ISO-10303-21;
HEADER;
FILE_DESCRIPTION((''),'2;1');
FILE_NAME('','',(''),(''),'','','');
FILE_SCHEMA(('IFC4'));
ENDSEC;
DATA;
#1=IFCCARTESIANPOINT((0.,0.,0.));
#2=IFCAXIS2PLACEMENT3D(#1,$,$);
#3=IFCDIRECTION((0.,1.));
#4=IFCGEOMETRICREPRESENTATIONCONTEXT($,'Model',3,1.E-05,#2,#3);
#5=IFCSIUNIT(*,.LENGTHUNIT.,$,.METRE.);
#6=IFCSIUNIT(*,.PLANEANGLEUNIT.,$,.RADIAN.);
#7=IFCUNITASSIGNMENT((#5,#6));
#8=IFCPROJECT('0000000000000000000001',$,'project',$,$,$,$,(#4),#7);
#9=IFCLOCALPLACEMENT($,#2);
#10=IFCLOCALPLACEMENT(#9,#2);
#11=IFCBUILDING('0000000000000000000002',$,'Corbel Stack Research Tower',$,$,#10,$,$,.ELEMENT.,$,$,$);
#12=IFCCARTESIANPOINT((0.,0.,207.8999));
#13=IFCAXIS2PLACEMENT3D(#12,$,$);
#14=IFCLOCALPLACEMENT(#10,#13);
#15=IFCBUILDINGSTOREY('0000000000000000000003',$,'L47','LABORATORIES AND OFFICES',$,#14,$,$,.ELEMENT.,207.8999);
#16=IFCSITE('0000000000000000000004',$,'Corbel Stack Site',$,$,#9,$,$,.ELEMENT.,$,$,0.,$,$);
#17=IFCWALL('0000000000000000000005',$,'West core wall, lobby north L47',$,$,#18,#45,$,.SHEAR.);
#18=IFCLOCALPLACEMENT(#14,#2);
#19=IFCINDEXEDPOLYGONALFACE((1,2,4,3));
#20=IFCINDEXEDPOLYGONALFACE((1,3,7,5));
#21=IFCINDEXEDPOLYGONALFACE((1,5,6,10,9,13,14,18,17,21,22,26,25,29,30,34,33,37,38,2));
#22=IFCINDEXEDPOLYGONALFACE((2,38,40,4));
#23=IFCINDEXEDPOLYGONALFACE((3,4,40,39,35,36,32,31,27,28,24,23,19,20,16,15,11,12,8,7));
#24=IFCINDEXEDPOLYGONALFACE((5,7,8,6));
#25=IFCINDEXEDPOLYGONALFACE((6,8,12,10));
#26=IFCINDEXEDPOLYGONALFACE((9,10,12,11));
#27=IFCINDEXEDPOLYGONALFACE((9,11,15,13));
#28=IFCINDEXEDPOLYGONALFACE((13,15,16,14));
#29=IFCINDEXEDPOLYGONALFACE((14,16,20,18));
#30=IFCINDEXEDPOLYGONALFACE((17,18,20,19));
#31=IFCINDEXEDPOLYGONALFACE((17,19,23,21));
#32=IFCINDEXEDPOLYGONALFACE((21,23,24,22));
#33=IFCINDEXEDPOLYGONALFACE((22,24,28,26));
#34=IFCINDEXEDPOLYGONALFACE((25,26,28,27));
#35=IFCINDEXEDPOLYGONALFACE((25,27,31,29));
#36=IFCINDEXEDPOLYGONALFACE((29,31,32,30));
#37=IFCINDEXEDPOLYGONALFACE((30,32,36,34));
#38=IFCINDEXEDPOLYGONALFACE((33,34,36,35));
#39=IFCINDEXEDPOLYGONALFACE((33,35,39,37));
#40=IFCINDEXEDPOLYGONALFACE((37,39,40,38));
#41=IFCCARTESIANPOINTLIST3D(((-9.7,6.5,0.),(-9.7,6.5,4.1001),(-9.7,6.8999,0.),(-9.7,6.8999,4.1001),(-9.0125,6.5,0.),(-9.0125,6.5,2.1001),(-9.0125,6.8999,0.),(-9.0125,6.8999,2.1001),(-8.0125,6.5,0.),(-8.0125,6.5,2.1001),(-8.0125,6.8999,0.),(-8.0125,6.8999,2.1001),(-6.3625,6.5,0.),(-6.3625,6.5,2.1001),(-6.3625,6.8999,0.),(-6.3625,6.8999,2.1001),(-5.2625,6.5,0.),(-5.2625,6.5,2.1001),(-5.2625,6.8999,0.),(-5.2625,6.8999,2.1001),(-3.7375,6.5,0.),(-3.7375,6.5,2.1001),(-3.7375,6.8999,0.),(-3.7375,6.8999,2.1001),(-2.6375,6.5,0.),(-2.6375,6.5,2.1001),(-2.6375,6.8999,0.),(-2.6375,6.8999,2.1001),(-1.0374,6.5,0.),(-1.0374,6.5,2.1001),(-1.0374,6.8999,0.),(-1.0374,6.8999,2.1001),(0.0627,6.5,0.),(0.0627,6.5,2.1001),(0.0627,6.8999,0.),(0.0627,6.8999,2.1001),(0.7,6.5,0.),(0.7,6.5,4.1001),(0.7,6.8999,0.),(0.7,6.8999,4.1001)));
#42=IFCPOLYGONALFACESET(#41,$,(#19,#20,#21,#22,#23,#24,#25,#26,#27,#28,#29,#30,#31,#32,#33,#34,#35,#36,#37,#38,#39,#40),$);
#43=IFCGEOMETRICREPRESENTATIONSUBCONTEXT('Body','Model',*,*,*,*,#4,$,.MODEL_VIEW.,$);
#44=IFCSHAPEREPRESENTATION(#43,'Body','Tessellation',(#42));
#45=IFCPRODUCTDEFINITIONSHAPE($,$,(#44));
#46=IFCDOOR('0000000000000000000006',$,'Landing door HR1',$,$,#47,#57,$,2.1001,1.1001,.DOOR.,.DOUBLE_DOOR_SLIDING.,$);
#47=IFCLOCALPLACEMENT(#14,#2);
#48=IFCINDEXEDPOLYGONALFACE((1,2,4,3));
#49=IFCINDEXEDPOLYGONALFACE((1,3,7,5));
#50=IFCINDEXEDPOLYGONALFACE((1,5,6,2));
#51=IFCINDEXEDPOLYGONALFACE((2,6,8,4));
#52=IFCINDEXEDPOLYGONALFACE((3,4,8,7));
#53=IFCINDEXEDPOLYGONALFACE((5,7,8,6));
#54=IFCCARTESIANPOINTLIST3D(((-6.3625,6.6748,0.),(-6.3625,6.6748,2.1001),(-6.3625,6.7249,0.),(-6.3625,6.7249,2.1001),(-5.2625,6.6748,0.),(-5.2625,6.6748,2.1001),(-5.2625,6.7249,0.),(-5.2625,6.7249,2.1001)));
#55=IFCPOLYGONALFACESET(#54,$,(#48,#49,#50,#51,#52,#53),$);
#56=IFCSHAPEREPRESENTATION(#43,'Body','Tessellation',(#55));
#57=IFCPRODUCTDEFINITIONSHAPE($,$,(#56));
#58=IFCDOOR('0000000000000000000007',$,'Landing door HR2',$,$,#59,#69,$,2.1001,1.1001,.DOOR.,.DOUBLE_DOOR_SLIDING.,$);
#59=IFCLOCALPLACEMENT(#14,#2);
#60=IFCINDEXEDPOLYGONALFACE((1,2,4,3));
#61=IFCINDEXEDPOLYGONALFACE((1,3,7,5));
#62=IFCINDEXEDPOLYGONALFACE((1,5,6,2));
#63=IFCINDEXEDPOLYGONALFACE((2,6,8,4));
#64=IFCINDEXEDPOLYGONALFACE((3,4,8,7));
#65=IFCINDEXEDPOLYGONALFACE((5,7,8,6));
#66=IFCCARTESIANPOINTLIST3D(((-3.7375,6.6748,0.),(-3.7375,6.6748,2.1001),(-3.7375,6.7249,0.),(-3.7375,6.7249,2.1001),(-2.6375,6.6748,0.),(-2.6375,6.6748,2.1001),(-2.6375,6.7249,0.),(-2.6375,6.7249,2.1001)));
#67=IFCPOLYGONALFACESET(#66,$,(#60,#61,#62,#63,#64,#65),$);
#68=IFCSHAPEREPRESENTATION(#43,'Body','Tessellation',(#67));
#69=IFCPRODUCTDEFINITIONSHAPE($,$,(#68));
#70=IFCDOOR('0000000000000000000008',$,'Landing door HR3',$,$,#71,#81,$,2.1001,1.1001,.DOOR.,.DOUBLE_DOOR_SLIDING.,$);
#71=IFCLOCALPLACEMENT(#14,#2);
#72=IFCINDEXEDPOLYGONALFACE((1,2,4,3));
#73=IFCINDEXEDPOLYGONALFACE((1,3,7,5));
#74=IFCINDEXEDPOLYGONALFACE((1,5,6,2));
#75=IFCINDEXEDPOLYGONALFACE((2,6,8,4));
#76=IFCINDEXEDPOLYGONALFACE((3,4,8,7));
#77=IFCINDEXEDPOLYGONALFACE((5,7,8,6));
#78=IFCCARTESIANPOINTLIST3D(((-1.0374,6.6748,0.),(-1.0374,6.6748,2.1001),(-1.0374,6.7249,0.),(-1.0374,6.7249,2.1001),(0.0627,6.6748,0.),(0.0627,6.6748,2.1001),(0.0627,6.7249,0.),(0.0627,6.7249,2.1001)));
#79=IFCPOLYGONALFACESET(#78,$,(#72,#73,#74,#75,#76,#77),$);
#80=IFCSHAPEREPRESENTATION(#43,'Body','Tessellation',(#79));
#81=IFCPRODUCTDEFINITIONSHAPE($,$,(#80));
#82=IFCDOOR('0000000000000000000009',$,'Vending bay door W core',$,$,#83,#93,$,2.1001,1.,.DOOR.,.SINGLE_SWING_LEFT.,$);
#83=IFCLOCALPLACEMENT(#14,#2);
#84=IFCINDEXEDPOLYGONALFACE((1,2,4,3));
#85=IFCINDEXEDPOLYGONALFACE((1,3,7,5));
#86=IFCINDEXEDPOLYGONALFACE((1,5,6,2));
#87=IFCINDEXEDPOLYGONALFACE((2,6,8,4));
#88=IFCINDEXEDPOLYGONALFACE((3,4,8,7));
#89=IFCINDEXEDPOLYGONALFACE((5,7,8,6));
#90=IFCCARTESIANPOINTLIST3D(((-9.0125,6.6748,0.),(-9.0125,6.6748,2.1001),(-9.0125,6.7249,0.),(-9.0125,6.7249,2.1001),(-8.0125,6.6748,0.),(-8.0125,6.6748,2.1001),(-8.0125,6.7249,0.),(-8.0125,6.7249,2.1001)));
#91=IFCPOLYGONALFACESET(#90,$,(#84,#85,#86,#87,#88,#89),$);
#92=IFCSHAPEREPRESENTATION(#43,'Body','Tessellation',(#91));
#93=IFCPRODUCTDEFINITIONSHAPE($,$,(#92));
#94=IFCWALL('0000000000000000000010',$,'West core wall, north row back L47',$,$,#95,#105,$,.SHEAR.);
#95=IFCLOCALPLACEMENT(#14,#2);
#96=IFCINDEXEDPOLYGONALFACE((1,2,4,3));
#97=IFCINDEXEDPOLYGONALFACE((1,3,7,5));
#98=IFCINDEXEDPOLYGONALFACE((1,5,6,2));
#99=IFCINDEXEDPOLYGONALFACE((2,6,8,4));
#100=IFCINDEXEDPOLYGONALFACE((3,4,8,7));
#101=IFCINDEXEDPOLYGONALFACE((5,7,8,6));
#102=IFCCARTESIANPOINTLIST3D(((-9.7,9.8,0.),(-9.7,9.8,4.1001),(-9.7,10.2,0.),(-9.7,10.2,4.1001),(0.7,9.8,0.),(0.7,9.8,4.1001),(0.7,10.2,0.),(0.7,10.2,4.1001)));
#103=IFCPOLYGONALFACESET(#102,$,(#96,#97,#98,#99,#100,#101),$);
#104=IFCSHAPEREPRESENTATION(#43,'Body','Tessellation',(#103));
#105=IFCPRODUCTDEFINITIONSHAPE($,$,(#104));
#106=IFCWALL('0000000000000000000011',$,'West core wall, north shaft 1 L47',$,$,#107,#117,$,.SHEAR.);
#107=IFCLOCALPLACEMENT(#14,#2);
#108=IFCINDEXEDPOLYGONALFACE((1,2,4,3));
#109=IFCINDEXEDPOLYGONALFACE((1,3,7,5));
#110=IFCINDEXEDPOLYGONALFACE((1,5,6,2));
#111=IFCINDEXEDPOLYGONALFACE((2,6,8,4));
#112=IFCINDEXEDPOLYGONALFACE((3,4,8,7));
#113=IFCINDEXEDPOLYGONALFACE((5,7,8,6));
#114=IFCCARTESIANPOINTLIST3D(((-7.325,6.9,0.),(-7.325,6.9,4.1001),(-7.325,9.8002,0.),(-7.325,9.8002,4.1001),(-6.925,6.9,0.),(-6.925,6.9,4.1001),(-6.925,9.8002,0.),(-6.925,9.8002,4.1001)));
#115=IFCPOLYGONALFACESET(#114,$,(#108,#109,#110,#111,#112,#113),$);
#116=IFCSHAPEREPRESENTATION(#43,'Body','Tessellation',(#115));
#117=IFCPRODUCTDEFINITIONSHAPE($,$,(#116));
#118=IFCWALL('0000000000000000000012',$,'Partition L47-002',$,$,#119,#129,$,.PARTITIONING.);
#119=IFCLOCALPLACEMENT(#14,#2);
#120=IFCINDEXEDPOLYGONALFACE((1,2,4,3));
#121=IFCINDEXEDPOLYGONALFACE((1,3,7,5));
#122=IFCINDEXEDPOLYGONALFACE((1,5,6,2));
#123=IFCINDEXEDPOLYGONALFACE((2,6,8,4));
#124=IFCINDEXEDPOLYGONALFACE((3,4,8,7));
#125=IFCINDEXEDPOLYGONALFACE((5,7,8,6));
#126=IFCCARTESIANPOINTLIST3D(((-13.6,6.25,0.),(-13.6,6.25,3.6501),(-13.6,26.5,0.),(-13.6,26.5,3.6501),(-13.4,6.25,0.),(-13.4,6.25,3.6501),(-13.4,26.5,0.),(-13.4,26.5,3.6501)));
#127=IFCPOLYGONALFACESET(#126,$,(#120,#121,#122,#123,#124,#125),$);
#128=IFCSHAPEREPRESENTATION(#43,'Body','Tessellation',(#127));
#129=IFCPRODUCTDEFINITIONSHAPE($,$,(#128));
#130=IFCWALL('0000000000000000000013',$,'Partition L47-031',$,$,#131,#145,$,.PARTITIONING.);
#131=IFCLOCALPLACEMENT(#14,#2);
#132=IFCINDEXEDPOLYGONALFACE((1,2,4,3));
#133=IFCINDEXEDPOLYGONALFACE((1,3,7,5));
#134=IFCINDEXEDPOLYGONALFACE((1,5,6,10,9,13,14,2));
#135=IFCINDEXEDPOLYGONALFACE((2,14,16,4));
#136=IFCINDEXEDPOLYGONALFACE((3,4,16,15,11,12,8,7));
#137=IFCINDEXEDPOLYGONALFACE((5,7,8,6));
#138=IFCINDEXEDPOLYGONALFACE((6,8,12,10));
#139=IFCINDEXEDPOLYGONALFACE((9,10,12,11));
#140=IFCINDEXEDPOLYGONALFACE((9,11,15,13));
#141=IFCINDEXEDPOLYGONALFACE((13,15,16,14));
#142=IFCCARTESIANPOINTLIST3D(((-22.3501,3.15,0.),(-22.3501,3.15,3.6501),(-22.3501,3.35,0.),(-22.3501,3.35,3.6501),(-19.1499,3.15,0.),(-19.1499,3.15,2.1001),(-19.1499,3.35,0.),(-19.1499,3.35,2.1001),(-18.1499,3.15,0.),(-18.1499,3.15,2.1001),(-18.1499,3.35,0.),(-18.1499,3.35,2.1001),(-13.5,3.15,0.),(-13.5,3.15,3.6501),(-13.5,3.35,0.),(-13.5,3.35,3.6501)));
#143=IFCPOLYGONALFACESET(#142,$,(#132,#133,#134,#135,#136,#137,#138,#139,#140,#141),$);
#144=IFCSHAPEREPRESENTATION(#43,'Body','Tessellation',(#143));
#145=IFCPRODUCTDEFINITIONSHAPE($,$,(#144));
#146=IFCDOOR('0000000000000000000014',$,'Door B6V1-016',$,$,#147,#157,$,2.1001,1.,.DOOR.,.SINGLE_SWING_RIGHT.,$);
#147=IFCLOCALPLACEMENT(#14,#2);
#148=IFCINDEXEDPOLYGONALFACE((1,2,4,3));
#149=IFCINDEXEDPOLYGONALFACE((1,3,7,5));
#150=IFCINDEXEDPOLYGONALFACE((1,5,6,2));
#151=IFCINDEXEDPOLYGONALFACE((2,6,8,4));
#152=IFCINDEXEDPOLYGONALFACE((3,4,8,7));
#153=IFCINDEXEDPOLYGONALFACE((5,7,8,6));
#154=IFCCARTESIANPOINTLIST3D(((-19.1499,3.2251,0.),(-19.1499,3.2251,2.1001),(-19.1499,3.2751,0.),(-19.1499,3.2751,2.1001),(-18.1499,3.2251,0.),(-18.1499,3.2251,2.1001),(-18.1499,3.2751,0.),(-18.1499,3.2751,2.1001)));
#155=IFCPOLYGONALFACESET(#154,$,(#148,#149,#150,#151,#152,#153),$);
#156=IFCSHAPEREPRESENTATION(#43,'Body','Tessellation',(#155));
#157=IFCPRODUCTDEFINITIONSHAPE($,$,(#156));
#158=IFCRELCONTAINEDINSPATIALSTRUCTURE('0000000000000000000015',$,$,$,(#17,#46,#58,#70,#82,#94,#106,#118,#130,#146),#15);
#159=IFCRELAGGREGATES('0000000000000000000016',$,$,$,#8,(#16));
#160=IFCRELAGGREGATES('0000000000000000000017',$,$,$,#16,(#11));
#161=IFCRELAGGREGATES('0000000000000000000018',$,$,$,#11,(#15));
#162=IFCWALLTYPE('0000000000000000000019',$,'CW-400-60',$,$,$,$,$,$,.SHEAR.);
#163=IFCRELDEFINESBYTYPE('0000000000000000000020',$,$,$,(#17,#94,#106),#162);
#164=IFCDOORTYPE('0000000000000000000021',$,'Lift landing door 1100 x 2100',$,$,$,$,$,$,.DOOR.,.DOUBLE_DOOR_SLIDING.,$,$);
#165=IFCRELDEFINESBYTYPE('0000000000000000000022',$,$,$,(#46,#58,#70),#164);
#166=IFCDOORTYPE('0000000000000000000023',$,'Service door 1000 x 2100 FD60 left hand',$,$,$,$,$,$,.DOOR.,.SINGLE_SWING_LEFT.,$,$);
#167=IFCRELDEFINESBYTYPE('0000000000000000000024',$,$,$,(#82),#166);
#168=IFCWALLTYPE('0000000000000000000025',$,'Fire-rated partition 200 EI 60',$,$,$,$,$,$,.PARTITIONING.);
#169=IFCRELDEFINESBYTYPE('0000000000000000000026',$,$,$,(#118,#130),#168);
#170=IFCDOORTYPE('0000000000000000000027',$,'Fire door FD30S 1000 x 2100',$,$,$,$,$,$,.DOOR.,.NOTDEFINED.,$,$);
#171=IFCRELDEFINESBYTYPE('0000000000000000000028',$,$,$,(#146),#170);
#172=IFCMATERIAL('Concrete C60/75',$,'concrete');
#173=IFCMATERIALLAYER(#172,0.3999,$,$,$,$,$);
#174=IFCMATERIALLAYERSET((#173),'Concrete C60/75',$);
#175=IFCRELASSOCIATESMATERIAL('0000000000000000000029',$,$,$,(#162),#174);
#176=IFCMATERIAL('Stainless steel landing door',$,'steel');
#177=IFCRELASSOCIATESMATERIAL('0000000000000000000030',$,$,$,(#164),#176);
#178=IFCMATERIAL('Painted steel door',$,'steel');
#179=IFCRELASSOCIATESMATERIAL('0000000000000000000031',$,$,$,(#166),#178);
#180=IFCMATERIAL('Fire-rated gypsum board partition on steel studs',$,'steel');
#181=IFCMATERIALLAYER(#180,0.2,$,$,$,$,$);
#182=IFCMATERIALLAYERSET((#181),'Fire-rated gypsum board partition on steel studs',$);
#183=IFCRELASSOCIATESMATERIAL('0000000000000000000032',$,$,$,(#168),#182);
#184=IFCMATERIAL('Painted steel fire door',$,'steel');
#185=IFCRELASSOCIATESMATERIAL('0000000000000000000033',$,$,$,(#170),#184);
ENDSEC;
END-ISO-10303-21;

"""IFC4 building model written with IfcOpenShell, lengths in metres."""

from ifc_helpers import new_model, si_unit, direction, frame, frame_2d, origin, place, context, subcontext, project, spatial, rectangle, extrude, material, layer, layer_set, type_object, element, fill, save


model = new_model("IFC4")

# Units and contexts
model_context = context("Model", 3, precision=1e-05, world=origin(), true_north=direction((0.0, 1.0)))
body_context = subcontext(model_context, "Body", "Model", "MODEL_VIEW")
ifc_project = project(units=[si_unit("LENGTHUNIT", "METRE"), si_unit("PLANEANGLEUNIT", "RADIAN")], contexts=[model_context])

# Site, building, storey
site_placement = place(None, origin())
site = spatial("IfcSite", under=ifc_project, at=site_placement, Name="Corbel Stack Site", CompositionType="ELEMENT", RefElevation=0.0)
building_placement = place(site_placement, origin())
building = spatial("IfcBuilding", under=site, at=building_placement, Name="Corbel Stack Research Tower", CompositionType="ELEMENT")
storey_placement = place(building_placement, frame((0.0, 0.0, 207.8999)))
storey = spatial("IfcBuildingStorey", under=building, at=storey_placement, Name="L47", Description="LABORATORIES AND OFFICES", CompositionType="ELEMENT", Elevation=207.8999)

# Wall, openings, doors
ifc_material_1 = material(Name="Concrete C60/75", Category="concrete")
ifc_layer_1 = layer(ifc_material_1, 0.3999)
ifc_layer_set_1 = layer_set([ifc_layer_1], Name="Concrete C60/75")
wall_type_1 = type_object("IfcWallType", Name="CW-400-60", PredefinedType="SHEAR", material=ifc_layer_set_1)
ifc_material_2 = material(Name="Stainless steel landing door", Category="steel")
door_type_1 = type_object("IfcDoorType", Name="Lift landing door 1100 x 2100", OperationType="DOUBLE_DOOR_SLIDING", PredefinedType="DOOR", material=ifc_material_2)
ifc_material_3 = material(Name="Painted steel door", Category="steel")
door_type_2 = type_object("IfcDoorType", Name="Service door 1000 x 2100 FD60 left hand", OperationType="SINGLE_SWING_LEFT", PredefinedType="DOOR", material=ifc_material_3)
wall_1_placement = place(storey_placement, frame((-9.7, 6.7, 0.0), z_axis=(0.0, 0.0, 1.0), x_axis=(1.0, 0.0, 0.0)))
wall_1 = element("IfcWall", 1, at=wall_1_placement, inside=storey, type_object=wall_type_1, Name="West core wall, lobby north L47", PredefinedType="SHEAR", context=body_context, shape_type="SweptSolid", body=[
    extrude(rectangle(XDim=10.3999, YDim=0.3999, at=frame_2d((5.2, 0.0))), origin(), (0.0, 0.0, 1.0), 4.1001),
])
opening_1_placement = place(wall_1_placement, frame((3.3374, 0.0, 0.0)))
opening_1 = element("IfcOpeningElement", 2, at=opening_1_placement, cuts=wall_1, PredefinedType="OPENING", context=body_context, shape_type="SweptSolid", body=[
    extrude(rectangle(XDim=1.1001, YDim=2.1001, at=frame_2d((0.55, 1.05))), frame((0.0, 0.21, 0.0), z_axis=(0.0, -1.0, 0.0), x_axis=(1.0, 0.0, 0.0)), (0.0, 0.0, 1.0), 0.4199),
])
opening_2_placement = place(wall_1_placement, frame((5.9624, 0.0, 0.0)))
opening_2 = element("IfcOpeningElement", 3, at=opening_2_placement, cuts=wall_1, PredefinedType="OPENING", context=body_context, shape_type="SweptSolid", body=[
    extrude(rectangle(XDim=1.1001, YDim=2.1001, at=frame_2d((0.55, 1.05))), frame((0.0, 0.21, 0.0), z_axis=(0.0, -1.0, 0.0), x_axis=(1.0, 0.0, 0.0)), (0.0, 0.0, 1.0), 0.4199),
])
opening_3_placement = place(wall_1_placement, frame((8.6626, 0.0, 0.0)))
opening_3 = element("IfcOpeningElement", 4, at=opening_3_placement, cuts=wall_1, PredefinedType="OPENING", context=body_context, shape_type="SweptSolid", body=[
    extrude(rectangle(XDim=1.1001, YDim=2.1001, at=frame_2d((0.55, 1.05))), frame((0.0, 0.21, 0.0), z_axis=(0.0, -1.0, 0.0), x_axis=(1.0, 0.0, 0.0)), (0.0, 0.0, 1.0), 0.4199),
])
opening_4_placement = place(wall_1_placement, frame((0.6875, 0.0, 0.0)))
opening_4 = element("IfcOpeningElement", 5, at=opening_4_placement, cuts=wall_1, PredefinedType="OPENING", context=body_context, shape_type="SweptSolid", body=[
    extrude(rectangle(XDim=1.0, YDim=2.1001, at=frame_2d((0.5, 1.05))), frame((0.0, 0.21, 0.0), z_axis=(0.0, -1.0, 0.0), x_axis=(1.0, 0.0, 0.0)), (0.0, 0.0, 1.0), 0.4199),
])
door_1_placement = place(opening_1_placement, origin())
door_1 = element("IfcDoor", 6, at=door_1_placement, inside=storey, type_object=door_type_1, Name="Landing door HR1", OperationType="DOUBLE_DOOR_SLIDING", OverallHeight=2.1001, OverallWidth=1.1001, PredefinedType="DOOR", context=body_context, shape_type="SweptSolid", body=[
    extrude(rectangle(XDim=1.1001, YDim=2.1001, at=frame_2d((0.55, 1.05))), frame((0.0, 0.0249, 0.0), z_axis=(0.0, -1.0, 0.0), x_axis=(1.0, 0.0, 0.0)), (0.0, 0.0, 1.0), 0.05),
])
fill(opening_1, door_1)
door_2_placement = place(opening_2_placement, origin())
door_2 = element("IfcDoor", 7, at=door_2_placement, inside=storey, type_object=door_type_1, Name="Landing door HR2", OperationType="DOUBLE_DOOR_SLIDING", OverallHeight=2.1001, OverallWidth=1.1001, PredefinedType="DOOR", context=body_context, shape_type="SweptSolid", body=[
    extrude(rectangle(XDim=1.1001, YDim=2.1001, at=frame_2d((0.55, 1.05))), frame((0.0, 0.0249, 0.0), z_axis=(0.0, -1.0, 0.0), x_axis=(1.0, 0.0, 0.0)), (0.0, 0.0, 1.0), 0.05),
])
fill(opening_2, door_2)
door_3_placement = place(opening_3_placement, origin())
door_3 = element("IfcDoor", 8, at=door_3_placement, inside=storey, type_object=door_type_1, Name="Landing door HR3", OperationType="DOUBLE_DOOR_SLIDING", OverallHeight=2.1001, OverallWidth=1.1001, PredefinedType="DOOR", context=body_context, shape_type="SweptSolid", body=[
    extrude(rectangle(XDim=1.1001, YDim=2.1001, at=frame_2d((0.55, 1.05))), frame((0.0, 0.0249, 0.0), z_axis=(0.0, -1.0, 0.0), x_axis=(1.0, 0.0, 0.0)), (0.0, 0.0, 1.0), 0.05),
])
fill(opening_3, door_3)
door_4_placement = place(opening_4_placement, origin())
door_4 = element("IfcDoor", 9, at=door_4_placement, inside=storey, type_object=door_type_2, Name="Vending bay door W core", OperationType="SINGLE_SWING_LEFT", OverallHeight=2.1001, OverallWidth=1.0, PredefinedType="DOOR", context=body_context, shape_type="SweptSolid", body=[
    extrude(rectangle(XDim=1.0, YDim=2.1001, at=frame_2d((0.5, 1.05))), frame((0.0, 0.0249, 0.0), z_axis=(0.0, -1.0, 0.0), x_axis=(1.0, 0.0, 0.0)), (0.0, 0.0, 1.0), 0.05),
])
fill(opening_4, door_4)

# Walls
wall_2_placement = place(storey_placement, frame((-9.7, 10.0, 0.0), z_axis=(0.0, 0.0, 1.0), x_axis=(1.0, 0.0, 0.0)))
element("IfcWall", 10, at=wall_2_placement, inside=storey, type_object=wall_type_1, Name="West core wall, north row back L47", PredefinedType="SHEAR", context=body_context, shape_type="SweptSolid", body=[
    extrude(rectangle(XDim=10.3999, YDim=0.3999, at=frame_2d((5.2, 0.0))), origin(), (0.0, 0.0, 1.0), 4.1001),
])
wall_3_placement = place(storey_placement, frame((-7.125, 6.8999, 0.0), z_axis=(0.0, 0.0, 1.0), x_axis=(0.0, 1.0, 0.0)))
element("IfcWall", 11, at=wall_3_placement, inside=storey, type_object=wall_type_1, Name="West core wall, north shaft 1 L47", PredefinedType="SHEAR", context=body_context, shape_type="SweptSolid", body=[
    extrude(rectangle(XDim=2.9001, YDim=0.3999, at=frame_2d((1.4502, 0.0))), origin(), (0.0, 0.0, 1.0), 4.1001),
])
ifc_material_4 = material(Name="Fire-rated gypsum board partition on steel studs", Category="steel")
ifc_layer_2 = layer(ifc_material_4, 0.2)
ifc_layer_set_2 = layer_set([ifc_layer_2], Name="Fire-rated gypsum board partition on steel studs")
wall_type_2 = type_object("IfcWallType", Name="Fire-rated partition 200 EI 60", PredefinedType="PARTITIONING", material=ifc_layer_set_2)
wall_4_placement = place(storey_placement, frame((-13.5, 6.25, 0.0), z_axis=(0.0, 0.0, 1.0), x_axis=(0.0, 1.0, 0.0)))
element("IfcWall", 12, at=wall_4_placement, inside=storey, type_object=wall_type_2, Name="Partition L47-002", PredefinedType="PARTITIONING", context=body_context, shape_type="SweptSolid", body=[
    extrude(rectangle(XDim=20.25, YDim=0.2, at=frame_2d((10.125, 0.0))), origin(), (0.0, 0.0, 1.0), 3.6501),
])

# Wall, opening, door
wall_5_placement = place(storey_placement, frame((-13.5, 3.25, 0.0), z_axis=(0.0, 0.0, 1.0), x_axis=(-1.0, 0.0, 0.0)))
wall_5 = element("IfcWall", 13, at=wall_5_placement, inside=storey, type_object=wall_type_2, Name="Partition L47-031", PredefinedType="PARTITIONING", context=body_context, shape_type="SweptSolid", body=[
    extrude(rectangle(XDim=8.8501, YDim=0.2, at=frame_2d((4.425, 0.0))), origin(), (0.0, 0.0, 1.0), 3.6501),
])
opening_5_placement = place(wall_5_placement, frame((4.6499, 0.0, 0.0)))
opening_5 = element("IfcOpeningElement", 14, at=opening_5_placement, cuts=wall_5, PredefinedType="OPENING", context=body_context, shape_type="SweptSolid", body=[
    extrude(rectangle(XDim=1.0, YDim=2.1001, at=frame_2d((0.5, 1.05))), frame((0.0, 0.1099, 0.0), z_axis=(0.0, -1.0, 0.0), x_axis=(1.0, 0.0, 0.0)), (0.0, 0.0, 1.0), 0.22),
])
ifc_material_5 = material(Name="Painted steel fire door", Category="steel")
door_type_3 = type_object("IfcDoorType", Name="Fire door FD30S 1000 x 2100", OperationType="NOTDEFINED", PredefinedType="DOOR", material=ifc_material_5)
door_5_placement = place(opening_5_placement, origin())
door_5 = element("IfcDoor", 15, at=door_5_placement, inside=storey, type_object=door_type_3, Name="Door B6V1-016", OperationType="SINGLE_SWING_RIGHT", OverallHeight=2.1001, OverallWidth=1.0, PredefinedType="DOOR", context=body_context, shape_type="SweptSolid", body=[
    extrude(rectangle(XDim=1.0, YDim=2.1001, at=frame_2d((0.5, 1.05))), frame((0.0, 0.0249, 0.0), z_axis=(0.0, -1.0, 0.0), x_axis=(1.0, 0.0, 0.0)), (0.0, 0.0, 1.0), 0.05),
])
fill(opening_5, door_5)

save(model, "model.ifc")
